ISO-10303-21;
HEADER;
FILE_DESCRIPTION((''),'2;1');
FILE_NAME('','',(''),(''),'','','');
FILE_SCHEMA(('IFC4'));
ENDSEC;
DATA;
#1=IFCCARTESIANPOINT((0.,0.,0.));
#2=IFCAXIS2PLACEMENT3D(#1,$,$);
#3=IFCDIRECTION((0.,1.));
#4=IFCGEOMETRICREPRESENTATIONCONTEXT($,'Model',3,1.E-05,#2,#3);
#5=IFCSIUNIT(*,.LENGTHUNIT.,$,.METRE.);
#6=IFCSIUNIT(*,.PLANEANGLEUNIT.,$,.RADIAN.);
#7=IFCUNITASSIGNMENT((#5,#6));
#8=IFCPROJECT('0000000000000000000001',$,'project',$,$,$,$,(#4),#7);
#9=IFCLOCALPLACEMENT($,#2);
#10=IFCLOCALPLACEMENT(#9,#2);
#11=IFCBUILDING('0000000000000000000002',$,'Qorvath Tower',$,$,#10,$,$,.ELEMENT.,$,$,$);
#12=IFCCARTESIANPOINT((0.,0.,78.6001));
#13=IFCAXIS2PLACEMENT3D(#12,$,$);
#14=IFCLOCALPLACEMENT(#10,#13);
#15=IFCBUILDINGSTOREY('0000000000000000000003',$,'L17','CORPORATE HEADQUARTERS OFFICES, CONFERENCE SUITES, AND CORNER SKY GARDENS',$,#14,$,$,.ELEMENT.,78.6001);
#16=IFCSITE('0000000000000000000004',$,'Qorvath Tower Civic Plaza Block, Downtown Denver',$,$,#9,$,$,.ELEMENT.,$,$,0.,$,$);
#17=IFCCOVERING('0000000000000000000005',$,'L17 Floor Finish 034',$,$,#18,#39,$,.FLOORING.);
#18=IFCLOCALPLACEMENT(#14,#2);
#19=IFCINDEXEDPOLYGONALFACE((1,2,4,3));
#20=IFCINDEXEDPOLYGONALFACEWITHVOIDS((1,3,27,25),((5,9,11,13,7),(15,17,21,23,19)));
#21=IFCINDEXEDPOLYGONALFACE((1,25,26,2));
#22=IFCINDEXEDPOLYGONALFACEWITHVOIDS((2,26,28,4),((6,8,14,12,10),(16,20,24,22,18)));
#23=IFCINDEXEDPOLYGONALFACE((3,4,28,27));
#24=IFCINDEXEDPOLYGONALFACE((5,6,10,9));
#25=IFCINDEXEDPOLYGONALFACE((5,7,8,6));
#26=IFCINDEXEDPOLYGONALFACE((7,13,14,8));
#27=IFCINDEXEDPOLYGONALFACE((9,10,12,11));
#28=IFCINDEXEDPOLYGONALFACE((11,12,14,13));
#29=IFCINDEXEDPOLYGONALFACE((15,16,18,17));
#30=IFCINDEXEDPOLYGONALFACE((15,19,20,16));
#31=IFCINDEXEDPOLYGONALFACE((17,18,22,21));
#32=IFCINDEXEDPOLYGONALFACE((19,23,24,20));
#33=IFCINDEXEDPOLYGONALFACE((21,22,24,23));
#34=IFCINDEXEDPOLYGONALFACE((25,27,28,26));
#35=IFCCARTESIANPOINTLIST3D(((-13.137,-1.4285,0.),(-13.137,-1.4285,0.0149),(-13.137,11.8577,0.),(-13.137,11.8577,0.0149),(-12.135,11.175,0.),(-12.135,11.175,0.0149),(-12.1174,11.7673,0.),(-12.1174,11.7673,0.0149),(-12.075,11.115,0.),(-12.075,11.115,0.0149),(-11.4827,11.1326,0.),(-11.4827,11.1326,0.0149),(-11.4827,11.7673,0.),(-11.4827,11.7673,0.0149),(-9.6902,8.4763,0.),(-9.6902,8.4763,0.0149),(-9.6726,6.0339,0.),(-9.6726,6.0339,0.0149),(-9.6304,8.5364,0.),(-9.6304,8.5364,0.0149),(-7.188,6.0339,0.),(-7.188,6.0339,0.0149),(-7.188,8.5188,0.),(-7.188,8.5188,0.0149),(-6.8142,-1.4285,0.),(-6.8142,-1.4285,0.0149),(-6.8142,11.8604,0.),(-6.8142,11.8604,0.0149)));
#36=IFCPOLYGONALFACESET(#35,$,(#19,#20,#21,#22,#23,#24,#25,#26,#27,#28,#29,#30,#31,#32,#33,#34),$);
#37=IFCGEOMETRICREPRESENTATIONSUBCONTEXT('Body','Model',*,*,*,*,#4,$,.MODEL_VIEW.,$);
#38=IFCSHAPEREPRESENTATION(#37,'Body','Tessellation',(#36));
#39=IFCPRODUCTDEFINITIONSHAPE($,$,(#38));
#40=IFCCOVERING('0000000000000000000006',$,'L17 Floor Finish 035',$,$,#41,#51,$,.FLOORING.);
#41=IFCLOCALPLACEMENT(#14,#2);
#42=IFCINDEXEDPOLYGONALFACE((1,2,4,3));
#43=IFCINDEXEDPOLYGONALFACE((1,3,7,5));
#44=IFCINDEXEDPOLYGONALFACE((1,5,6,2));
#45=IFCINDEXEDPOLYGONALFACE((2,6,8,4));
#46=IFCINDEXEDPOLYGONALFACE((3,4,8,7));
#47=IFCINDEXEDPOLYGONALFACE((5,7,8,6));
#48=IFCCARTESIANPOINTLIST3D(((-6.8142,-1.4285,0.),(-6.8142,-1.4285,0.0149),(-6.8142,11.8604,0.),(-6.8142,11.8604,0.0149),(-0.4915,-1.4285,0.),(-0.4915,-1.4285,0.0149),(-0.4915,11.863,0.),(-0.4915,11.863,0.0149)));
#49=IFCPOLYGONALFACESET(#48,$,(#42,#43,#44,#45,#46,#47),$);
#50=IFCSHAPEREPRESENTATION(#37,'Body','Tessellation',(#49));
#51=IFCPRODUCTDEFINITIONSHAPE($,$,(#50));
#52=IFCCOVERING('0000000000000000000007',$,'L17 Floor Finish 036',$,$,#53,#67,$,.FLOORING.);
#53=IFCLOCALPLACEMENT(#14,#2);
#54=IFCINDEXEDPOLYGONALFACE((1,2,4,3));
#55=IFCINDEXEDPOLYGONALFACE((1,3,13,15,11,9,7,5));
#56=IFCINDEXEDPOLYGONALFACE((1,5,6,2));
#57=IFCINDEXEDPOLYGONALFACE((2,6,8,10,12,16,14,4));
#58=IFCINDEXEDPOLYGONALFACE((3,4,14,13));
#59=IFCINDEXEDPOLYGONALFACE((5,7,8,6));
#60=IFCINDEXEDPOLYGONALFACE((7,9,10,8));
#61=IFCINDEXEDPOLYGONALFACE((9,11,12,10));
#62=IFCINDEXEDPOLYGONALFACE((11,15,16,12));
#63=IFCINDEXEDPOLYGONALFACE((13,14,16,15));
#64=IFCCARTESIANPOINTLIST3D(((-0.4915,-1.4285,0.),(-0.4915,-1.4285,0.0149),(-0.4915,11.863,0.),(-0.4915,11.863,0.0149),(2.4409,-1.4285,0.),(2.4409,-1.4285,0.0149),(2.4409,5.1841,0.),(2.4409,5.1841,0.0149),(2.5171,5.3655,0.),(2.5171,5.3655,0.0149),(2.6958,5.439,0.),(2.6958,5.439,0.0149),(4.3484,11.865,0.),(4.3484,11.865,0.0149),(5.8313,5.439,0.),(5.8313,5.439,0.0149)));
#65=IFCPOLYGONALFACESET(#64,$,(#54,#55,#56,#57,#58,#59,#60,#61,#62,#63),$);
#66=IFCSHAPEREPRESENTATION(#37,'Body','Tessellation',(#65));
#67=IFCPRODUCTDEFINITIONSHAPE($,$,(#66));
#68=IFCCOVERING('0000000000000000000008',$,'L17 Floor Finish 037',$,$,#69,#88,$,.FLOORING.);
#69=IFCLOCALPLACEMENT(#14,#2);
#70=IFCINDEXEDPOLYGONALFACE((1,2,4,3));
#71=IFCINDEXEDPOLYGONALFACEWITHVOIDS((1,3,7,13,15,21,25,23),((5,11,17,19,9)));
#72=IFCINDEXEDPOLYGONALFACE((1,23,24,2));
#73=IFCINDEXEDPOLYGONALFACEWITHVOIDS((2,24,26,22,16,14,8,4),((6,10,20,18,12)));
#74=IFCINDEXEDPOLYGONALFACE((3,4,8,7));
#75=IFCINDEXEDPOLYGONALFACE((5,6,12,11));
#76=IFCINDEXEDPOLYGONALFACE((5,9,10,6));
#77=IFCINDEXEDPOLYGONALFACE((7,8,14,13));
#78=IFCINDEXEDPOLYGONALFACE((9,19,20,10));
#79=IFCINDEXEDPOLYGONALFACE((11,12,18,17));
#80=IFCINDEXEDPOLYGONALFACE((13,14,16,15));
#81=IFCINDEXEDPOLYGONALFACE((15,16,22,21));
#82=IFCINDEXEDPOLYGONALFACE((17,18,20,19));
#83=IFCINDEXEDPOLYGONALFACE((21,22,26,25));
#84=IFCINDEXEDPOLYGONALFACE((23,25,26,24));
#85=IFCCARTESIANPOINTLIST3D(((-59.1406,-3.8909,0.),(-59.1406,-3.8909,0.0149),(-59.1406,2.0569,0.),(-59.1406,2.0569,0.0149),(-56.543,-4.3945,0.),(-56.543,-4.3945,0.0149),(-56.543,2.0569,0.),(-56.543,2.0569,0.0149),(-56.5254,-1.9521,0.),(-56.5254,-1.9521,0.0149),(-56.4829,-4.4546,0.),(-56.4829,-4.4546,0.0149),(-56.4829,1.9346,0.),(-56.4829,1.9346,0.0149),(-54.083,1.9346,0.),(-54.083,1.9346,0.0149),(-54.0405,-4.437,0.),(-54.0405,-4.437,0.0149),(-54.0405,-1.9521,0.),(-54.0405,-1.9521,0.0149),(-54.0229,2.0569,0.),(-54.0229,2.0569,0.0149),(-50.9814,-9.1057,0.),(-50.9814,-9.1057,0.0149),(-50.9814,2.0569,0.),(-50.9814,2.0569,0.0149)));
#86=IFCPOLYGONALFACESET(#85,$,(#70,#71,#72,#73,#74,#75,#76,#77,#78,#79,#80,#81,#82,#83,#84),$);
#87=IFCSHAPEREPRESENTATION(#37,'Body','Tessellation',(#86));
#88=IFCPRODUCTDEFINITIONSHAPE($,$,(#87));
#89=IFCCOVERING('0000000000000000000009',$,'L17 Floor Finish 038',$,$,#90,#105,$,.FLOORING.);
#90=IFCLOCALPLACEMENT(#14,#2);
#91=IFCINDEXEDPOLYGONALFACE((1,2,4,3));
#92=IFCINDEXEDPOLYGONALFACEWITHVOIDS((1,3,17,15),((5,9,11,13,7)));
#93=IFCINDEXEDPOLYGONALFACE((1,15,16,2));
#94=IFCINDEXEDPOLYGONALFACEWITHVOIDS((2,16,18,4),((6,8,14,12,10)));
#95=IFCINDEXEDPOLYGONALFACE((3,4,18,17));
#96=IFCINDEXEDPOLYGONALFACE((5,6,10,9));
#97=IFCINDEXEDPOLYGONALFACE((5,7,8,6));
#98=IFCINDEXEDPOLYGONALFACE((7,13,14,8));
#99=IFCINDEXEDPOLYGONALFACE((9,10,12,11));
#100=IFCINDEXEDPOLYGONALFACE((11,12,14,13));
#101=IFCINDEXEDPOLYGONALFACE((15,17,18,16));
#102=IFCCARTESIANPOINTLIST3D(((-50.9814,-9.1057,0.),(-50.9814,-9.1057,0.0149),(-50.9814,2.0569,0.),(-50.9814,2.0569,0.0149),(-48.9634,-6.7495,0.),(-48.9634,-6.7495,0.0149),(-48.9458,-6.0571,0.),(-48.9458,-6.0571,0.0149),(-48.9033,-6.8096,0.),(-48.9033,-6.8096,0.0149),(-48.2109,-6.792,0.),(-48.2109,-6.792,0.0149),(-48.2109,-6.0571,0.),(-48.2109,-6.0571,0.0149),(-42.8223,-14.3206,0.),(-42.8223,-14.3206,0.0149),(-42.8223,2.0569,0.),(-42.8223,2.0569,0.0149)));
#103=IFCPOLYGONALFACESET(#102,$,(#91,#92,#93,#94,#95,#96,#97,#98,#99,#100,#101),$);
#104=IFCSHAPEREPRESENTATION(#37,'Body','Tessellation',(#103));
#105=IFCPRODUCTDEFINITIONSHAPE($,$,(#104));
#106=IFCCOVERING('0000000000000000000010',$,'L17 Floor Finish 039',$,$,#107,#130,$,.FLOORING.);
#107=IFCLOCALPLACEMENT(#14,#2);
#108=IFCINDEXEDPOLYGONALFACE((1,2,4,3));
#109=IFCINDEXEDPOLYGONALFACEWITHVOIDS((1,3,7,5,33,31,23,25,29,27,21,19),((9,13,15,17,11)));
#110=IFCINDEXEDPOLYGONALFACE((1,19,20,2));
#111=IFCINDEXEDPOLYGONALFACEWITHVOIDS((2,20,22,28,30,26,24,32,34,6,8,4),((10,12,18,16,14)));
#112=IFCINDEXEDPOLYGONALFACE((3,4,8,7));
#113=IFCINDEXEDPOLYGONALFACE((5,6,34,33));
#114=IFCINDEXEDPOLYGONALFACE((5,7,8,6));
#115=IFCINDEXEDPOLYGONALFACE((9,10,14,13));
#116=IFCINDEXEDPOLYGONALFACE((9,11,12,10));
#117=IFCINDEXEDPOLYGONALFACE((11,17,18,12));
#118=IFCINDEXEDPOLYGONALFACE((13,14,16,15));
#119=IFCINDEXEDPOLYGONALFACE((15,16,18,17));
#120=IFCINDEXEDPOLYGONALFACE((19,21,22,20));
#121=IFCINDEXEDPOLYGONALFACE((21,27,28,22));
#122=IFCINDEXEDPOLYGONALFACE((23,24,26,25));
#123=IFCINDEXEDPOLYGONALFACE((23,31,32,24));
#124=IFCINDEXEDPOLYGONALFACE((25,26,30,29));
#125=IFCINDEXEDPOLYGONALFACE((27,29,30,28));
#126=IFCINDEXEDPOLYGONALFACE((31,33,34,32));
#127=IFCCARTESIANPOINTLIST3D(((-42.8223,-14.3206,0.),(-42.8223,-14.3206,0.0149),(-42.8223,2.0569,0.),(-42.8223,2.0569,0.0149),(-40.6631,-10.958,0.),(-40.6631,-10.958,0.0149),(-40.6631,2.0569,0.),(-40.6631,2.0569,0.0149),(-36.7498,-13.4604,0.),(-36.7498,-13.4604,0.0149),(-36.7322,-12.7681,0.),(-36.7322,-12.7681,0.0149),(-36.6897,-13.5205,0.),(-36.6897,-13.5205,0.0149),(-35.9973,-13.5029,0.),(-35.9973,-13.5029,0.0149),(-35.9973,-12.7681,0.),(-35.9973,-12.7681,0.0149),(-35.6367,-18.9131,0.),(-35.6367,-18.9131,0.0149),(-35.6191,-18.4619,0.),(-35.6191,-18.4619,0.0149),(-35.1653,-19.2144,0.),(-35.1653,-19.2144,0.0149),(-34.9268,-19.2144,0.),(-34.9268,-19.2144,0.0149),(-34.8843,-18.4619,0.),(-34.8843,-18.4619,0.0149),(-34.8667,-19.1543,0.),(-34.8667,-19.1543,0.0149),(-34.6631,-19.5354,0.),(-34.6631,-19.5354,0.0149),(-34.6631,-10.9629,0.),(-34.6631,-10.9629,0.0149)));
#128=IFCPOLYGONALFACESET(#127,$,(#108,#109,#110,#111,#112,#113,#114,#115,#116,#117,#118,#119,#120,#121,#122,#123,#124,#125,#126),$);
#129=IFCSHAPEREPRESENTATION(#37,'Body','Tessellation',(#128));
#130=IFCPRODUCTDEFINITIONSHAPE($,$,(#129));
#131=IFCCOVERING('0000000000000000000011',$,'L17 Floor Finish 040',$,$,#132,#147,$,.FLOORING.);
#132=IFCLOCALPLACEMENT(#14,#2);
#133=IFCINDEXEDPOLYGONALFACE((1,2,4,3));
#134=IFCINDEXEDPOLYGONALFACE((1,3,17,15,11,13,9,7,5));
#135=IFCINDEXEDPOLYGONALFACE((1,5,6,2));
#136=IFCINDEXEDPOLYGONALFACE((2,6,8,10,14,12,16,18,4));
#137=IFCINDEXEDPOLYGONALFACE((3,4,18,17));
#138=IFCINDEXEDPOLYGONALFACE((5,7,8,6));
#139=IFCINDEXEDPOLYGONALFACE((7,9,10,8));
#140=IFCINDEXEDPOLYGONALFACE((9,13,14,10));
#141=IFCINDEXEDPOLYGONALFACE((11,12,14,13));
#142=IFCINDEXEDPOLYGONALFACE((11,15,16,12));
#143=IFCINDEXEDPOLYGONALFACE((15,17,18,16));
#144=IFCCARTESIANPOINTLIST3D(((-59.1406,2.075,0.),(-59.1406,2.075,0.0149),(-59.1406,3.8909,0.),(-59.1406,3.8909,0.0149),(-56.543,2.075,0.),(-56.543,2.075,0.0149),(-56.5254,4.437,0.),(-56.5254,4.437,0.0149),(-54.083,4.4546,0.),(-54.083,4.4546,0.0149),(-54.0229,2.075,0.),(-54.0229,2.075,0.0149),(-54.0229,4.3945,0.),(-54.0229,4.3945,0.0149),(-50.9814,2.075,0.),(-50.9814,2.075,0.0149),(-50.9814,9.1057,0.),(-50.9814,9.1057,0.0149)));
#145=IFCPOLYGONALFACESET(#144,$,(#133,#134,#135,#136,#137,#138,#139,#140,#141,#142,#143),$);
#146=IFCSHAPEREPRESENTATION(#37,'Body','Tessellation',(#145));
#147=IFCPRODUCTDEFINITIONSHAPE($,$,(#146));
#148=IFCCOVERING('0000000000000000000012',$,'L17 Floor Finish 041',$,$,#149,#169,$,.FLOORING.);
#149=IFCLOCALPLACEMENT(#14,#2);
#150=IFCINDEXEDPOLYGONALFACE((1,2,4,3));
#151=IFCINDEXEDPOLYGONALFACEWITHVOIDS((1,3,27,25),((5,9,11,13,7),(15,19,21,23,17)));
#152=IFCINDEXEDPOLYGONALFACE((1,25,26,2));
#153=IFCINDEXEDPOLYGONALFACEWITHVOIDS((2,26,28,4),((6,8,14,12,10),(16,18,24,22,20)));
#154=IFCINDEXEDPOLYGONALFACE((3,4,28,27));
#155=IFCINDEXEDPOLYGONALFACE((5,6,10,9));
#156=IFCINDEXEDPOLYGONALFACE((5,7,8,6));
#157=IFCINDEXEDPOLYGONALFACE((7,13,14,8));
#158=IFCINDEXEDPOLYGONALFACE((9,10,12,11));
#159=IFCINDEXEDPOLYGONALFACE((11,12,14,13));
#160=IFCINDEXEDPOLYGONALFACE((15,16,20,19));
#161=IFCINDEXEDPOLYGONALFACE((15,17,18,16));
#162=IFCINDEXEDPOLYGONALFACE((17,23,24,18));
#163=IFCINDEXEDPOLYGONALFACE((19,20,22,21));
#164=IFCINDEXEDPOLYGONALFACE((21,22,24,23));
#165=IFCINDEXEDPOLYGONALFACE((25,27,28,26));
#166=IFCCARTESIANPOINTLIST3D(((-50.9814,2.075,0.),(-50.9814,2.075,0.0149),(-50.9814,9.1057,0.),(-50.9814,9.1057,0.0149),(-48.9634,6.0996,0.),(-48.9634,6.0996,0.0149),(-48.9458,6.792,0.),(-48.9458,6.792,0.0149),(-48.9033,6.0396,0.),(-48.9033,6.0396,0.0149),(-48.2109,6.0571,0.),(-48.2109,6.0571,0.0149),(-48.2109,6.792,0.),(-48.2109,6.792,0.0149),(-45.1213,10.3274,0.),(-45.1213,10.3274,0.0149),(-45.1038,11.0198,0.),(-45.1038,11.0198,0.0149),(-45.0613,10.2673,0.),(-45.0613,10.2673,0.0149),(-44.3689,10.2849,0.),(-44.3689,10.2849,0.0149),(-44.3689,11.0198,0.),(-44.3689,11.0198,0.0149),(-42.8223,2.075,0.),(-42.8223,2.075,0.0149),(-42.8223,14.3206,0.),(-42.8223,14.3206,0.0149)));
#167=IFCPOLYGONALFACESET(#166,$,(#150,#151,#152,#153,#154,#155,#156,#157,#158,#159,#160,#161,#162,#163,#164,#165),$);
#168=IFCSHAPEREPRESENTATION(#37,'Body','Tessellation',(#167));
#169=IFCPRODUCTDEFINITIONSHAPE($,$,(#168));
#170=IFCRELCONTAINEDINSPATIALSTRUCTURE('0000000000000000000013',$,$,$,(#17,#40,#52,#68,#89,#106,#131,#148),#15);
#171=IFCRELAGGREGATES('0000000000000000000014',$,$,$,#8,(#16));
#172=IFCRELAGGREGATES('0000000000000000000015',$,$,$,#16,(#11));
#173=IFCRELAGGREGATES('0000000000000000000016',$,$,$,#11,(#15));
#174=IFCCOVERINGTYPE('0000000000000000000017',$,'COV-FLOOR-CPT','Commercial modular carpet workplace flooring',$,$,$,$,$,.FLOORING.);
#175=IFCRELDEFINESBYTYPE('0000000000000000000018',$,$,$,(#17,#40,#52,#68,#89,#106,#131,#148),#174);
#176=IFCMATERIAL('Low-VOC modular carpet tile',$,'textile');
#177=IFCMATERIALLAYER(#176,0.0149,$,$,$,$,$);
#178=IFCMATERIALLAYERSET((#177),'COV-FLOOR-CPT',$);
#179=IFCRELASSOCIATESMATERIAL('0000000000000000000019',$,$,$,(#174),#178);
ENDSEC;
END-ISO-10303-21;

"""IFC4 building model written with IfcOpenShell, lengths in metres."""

from ifc_helpers import new_model, si_unit, direction, frame, origin, place, context, subcontext, project, spatial, polyline, outline, extrude, material, layer, layer_set, type_object, element, save


model = new_model("IFC4")

# Units and contexts
model_context = context("Model", 3, precision=1e-05, world=origin(), true_north=direction((0.0, 1.0)))
body_context = subcontext(model_context, "Body", "Model", "MODEL_VIEW")
ifc_project = project(units=[si_unit("LENGTHUNIT", "METRE"), si_unit("PLANEANGLEUNIT", "RADIAN")], contexts=[model_context])

# Site, building, storey
site_placement = place(None, origin())
site = spatial("IfcSite", under=ifc_project, at=site_placement, Name="Qorvath Tower Civic Plaza Block, Downtown Denver", CompositionType="ELEMENT", RefElevation=0.0)
building_placement = place(site_placement, origin())
building = spatial("IfcBuilding", under=site, at=building_placement, Name="Qorvath Tower", CompositionType="ELEMENT")
storey_placement = place(building_placement, frame((0.0, 0.0, 78.6001)))
storey = spatial("IfcBuildingStorey", under=building, at=storey_placement, Name="L17", Description="CORPORATE HEADQUARTERS OFFICES, CONFERENCE SUITES, AND CORNER SKY GARDENS", CompositionType="ELEMENT", Elevation=78.6001)

# Coverings
ifc_material_1 = material(Name="Low-VOC modular carpet tile", Category="textile")
ifc_layer_1 = layer(ifc_material_1, 0.0149)
ifc_layer_set_1 = layer_set([ifc_layer_1], Name="COV-FLOOR-CPT")
covering_type_1 = type_object("IfcCoveringType", Name="COV-FLOOR-CPT", Description="Commercial modular carpet workplace flooring", PredefinedType="FLOORING", material=ifc_layer_set_1)
covering_1_placement = place(storey_placement, origin())
element("IfcCovering", 1, at=covering_1_placement, inside=storey, type_object=covering_type_1, Name="L17 Floor Finish 034", PredefinedType="FLOORING", context=body_context, shape_type="SweptSolid", body=[
    extrude(outline(polyline([(-6.8142, -1.4285), (-6.8142, 11.8604), (-13.137, 11.8577), (-13.137, -1.4285), (-6.8142, -1.4285)]), holes=[polyline([(-9.6902, 8.4763), (-9.6304, 8.5364), (-7.188, 8.5188), (-7.188, 6.0339), (-9.6726, 6.0339), (-9.6902, 8.4763)]), polyline([(-12.135, 11.175), (-12.1174, 11.7673), (-11.4827, 11.7673), (-11.4827, 11.1326), (-12.075, 11.115), (-12.135, 11.175)])]), origin(), (0.0, 0.0, 1.0), 0.0149),
])
covering_2_placement = place(storey_placement, origin())
element("IfcCovering", 2, at=covering_2_placement, inside=storey, type_object=covering_type_1, Name="L17 Floor Finish 035", PredefinedType="FLOORING", context=body_context, shape_type="SweptSolid", body=[
    extrude(outline(polyline([(-0.4915, -1.4285), (-0.4915, 11.863), (-6.8142, 11.8604), (-6.8142, -1.4285), (-0.4915, -1.4285)])), origin(), (0.0, 0.0, 1.0), 0.0149),
])
covering_3_placement = place(storey_placement, origin())
element("IfcCovering", 3, at=covering_3_placement, inside=storey, type_object=covering_type_1, Name="L17 Floor Finish 036", PredefinedType="FLOORING", context=body_context, shape_type="SweptSolid", body=[
    extrude(outline(polyline([(2.5171, 5.3655), (2.6958, 5.439), (5.8313, 5.439), (4.3484, 11.865), (-0.4915, 11.863), (-0.4915, -1.4285), (2.4409, -1.4285), (2.4409, 5.1841), (2.5171, 5.3655)])), origin(), (0.0, 0.0, 1.0), 0.0149),
])
covering_4_placement = place(storey_placement, origin())
element("IfcCovering", 4, at=covering_4_placement, inside=storey, type_object=covering_type_1, Name="L17 Floor Finish 037", PredefinedType="FLOORING", context=body_context, shape_type="SweptSolid", body=[
    extrude(outline(polyline([(-59.1406, 2.0569), (-59.1406, -3.8909), (-50.9814, -9.1057), (-50.9814, 2.0569), (-54.0229, 2.0569), (-54.083, 1.9346), (-56.4829, 1.9346), (-56.543, 2.0569), (-59.1406, 2.0569)]), holes=[polyline([(-56.543, -4.3945), (-56.5254, -1.9521), (-54.0405, -1.9521), (-54.0405, -4.437), (-56.4829, -4.4546), (-56.543, -4.3945)])]), origin(), (0.0, 0.0, 1.0), 0.0149),
])
covering_5_placement = place(storey_placement, origin())
element("IfcCovering", 5, at=covering_5_placement, inside=storey, type_object=covering_type_1, Name="L17 Floor Finish 038", PredefinedType="FLOORING", context=body_context, shape_type="SweptSolid", body=[
    extrude(outline(polyline([(-50.9814, 2.0569), (-50.9814, -9.1057), (-42.8223, -14.3206), (-42.8223, 2.0569), (-50.9814, 2.0569)]), holes=[polyline([(-48.9634, -6.7495), (-48.9458, -6.0571), (-48.2109, -6.0571), (-48.2109, -6.792), (-48.9033, -6.8096), (-48.9634, -6.7495)])]), origin(), (0.0, 0.0, 1.0), 0.0149),
])
covering_6_placement = place(storey_placement, origin())
element("IfcCovering", 6, at=covering_6_placement, inside=storey, type_object=covering_type_1, Name="L17 Floor Finish 039", PredefinedType="FLOORING", context=body_context, shape_type="SweptSolid", body=[
    extrude(outline(polyline([(-42.8223, 2.0569), (-42.8223, -14.3206), (-35.6367, -18.9131), (-35.6191, -18.4619), (-34.8843, -18.4619), (-34.8667, -19.1543), (-34.9268, -19.2144), (-35.1653, -19.2144), (-34.6631, -19.5354), (-34.6631, -10.9629), (-40.6631, -10.958), (-40.6631, 2.0569), (-42.8223, 2.0569)]), holes=[polyline([(-36.7498, -13.4604), (-36.7322, -12.7681), (-35.9973, -12.7681), (-35.9973, -13.5029), (-36.6897, -13.5205), (-36.7498, -13.4604)])]), origin(), (0.0, 0.0, 1.0), 0.0149),
])
covering_7_placement = place(storey_placement, origin())
element("IfcCovering", 7, at=covering_7_placement, inside=storey, type_object=covering_type_1, Name="L17 Floor Finish 040", PredefinedType="FLOORING", context=body_context, shape_type="SweptSolid", body=[
    extrude(outline(polyline([(-50.9814, 2.075), (-50.9814, 9.1057), (-59.1406, 3.8909), (-59.1406, 2.075), (-56.543, 2.075), (-56.5254, 4.437), (-54.083, 4.4546), (-54.0229, 4.3945), (-54.0229, 2.075), (-50.9814, 2.075)])), origin(), (0.0, 0.0, 1.0), 0.0149),
])
covering_8_placement = place(storey_placement, origin())
element("IfcCovering", 8, at=covering_8_placement, inside=storey, type_object=covering_type_1, Name="L17 Floor Finish 041", PredefinedType="FLOORING", context=body_context, shape_type="SweptSolid", body=[
    extrude(outline(polyline([(-42.8223, 2.075), (-42.8223, 14.3206), (-50.9814, 9.1057), (-50.9814, 2.075), (-42.8223, 2.075)]), holes=[polyline([(-45.1213, 10.3274), (-45.1038, 11.0198), (-44.3689, 11.0198), (-44.3689, 10.2849), (-45.0613, 10.2673), (-45.1213, 10.3274)]), polyline([(-48.9634, 6.0996), (-48.9458, 6.792), (-48.2109, 6.792), (-48.2109, 6.0571), (-48.9033, 6.0396), (-48.9634, 6.0996)])]), origin(), (0.0, 0.0, 1.0), 0.0149),
])

save(model, "model.ifc")
